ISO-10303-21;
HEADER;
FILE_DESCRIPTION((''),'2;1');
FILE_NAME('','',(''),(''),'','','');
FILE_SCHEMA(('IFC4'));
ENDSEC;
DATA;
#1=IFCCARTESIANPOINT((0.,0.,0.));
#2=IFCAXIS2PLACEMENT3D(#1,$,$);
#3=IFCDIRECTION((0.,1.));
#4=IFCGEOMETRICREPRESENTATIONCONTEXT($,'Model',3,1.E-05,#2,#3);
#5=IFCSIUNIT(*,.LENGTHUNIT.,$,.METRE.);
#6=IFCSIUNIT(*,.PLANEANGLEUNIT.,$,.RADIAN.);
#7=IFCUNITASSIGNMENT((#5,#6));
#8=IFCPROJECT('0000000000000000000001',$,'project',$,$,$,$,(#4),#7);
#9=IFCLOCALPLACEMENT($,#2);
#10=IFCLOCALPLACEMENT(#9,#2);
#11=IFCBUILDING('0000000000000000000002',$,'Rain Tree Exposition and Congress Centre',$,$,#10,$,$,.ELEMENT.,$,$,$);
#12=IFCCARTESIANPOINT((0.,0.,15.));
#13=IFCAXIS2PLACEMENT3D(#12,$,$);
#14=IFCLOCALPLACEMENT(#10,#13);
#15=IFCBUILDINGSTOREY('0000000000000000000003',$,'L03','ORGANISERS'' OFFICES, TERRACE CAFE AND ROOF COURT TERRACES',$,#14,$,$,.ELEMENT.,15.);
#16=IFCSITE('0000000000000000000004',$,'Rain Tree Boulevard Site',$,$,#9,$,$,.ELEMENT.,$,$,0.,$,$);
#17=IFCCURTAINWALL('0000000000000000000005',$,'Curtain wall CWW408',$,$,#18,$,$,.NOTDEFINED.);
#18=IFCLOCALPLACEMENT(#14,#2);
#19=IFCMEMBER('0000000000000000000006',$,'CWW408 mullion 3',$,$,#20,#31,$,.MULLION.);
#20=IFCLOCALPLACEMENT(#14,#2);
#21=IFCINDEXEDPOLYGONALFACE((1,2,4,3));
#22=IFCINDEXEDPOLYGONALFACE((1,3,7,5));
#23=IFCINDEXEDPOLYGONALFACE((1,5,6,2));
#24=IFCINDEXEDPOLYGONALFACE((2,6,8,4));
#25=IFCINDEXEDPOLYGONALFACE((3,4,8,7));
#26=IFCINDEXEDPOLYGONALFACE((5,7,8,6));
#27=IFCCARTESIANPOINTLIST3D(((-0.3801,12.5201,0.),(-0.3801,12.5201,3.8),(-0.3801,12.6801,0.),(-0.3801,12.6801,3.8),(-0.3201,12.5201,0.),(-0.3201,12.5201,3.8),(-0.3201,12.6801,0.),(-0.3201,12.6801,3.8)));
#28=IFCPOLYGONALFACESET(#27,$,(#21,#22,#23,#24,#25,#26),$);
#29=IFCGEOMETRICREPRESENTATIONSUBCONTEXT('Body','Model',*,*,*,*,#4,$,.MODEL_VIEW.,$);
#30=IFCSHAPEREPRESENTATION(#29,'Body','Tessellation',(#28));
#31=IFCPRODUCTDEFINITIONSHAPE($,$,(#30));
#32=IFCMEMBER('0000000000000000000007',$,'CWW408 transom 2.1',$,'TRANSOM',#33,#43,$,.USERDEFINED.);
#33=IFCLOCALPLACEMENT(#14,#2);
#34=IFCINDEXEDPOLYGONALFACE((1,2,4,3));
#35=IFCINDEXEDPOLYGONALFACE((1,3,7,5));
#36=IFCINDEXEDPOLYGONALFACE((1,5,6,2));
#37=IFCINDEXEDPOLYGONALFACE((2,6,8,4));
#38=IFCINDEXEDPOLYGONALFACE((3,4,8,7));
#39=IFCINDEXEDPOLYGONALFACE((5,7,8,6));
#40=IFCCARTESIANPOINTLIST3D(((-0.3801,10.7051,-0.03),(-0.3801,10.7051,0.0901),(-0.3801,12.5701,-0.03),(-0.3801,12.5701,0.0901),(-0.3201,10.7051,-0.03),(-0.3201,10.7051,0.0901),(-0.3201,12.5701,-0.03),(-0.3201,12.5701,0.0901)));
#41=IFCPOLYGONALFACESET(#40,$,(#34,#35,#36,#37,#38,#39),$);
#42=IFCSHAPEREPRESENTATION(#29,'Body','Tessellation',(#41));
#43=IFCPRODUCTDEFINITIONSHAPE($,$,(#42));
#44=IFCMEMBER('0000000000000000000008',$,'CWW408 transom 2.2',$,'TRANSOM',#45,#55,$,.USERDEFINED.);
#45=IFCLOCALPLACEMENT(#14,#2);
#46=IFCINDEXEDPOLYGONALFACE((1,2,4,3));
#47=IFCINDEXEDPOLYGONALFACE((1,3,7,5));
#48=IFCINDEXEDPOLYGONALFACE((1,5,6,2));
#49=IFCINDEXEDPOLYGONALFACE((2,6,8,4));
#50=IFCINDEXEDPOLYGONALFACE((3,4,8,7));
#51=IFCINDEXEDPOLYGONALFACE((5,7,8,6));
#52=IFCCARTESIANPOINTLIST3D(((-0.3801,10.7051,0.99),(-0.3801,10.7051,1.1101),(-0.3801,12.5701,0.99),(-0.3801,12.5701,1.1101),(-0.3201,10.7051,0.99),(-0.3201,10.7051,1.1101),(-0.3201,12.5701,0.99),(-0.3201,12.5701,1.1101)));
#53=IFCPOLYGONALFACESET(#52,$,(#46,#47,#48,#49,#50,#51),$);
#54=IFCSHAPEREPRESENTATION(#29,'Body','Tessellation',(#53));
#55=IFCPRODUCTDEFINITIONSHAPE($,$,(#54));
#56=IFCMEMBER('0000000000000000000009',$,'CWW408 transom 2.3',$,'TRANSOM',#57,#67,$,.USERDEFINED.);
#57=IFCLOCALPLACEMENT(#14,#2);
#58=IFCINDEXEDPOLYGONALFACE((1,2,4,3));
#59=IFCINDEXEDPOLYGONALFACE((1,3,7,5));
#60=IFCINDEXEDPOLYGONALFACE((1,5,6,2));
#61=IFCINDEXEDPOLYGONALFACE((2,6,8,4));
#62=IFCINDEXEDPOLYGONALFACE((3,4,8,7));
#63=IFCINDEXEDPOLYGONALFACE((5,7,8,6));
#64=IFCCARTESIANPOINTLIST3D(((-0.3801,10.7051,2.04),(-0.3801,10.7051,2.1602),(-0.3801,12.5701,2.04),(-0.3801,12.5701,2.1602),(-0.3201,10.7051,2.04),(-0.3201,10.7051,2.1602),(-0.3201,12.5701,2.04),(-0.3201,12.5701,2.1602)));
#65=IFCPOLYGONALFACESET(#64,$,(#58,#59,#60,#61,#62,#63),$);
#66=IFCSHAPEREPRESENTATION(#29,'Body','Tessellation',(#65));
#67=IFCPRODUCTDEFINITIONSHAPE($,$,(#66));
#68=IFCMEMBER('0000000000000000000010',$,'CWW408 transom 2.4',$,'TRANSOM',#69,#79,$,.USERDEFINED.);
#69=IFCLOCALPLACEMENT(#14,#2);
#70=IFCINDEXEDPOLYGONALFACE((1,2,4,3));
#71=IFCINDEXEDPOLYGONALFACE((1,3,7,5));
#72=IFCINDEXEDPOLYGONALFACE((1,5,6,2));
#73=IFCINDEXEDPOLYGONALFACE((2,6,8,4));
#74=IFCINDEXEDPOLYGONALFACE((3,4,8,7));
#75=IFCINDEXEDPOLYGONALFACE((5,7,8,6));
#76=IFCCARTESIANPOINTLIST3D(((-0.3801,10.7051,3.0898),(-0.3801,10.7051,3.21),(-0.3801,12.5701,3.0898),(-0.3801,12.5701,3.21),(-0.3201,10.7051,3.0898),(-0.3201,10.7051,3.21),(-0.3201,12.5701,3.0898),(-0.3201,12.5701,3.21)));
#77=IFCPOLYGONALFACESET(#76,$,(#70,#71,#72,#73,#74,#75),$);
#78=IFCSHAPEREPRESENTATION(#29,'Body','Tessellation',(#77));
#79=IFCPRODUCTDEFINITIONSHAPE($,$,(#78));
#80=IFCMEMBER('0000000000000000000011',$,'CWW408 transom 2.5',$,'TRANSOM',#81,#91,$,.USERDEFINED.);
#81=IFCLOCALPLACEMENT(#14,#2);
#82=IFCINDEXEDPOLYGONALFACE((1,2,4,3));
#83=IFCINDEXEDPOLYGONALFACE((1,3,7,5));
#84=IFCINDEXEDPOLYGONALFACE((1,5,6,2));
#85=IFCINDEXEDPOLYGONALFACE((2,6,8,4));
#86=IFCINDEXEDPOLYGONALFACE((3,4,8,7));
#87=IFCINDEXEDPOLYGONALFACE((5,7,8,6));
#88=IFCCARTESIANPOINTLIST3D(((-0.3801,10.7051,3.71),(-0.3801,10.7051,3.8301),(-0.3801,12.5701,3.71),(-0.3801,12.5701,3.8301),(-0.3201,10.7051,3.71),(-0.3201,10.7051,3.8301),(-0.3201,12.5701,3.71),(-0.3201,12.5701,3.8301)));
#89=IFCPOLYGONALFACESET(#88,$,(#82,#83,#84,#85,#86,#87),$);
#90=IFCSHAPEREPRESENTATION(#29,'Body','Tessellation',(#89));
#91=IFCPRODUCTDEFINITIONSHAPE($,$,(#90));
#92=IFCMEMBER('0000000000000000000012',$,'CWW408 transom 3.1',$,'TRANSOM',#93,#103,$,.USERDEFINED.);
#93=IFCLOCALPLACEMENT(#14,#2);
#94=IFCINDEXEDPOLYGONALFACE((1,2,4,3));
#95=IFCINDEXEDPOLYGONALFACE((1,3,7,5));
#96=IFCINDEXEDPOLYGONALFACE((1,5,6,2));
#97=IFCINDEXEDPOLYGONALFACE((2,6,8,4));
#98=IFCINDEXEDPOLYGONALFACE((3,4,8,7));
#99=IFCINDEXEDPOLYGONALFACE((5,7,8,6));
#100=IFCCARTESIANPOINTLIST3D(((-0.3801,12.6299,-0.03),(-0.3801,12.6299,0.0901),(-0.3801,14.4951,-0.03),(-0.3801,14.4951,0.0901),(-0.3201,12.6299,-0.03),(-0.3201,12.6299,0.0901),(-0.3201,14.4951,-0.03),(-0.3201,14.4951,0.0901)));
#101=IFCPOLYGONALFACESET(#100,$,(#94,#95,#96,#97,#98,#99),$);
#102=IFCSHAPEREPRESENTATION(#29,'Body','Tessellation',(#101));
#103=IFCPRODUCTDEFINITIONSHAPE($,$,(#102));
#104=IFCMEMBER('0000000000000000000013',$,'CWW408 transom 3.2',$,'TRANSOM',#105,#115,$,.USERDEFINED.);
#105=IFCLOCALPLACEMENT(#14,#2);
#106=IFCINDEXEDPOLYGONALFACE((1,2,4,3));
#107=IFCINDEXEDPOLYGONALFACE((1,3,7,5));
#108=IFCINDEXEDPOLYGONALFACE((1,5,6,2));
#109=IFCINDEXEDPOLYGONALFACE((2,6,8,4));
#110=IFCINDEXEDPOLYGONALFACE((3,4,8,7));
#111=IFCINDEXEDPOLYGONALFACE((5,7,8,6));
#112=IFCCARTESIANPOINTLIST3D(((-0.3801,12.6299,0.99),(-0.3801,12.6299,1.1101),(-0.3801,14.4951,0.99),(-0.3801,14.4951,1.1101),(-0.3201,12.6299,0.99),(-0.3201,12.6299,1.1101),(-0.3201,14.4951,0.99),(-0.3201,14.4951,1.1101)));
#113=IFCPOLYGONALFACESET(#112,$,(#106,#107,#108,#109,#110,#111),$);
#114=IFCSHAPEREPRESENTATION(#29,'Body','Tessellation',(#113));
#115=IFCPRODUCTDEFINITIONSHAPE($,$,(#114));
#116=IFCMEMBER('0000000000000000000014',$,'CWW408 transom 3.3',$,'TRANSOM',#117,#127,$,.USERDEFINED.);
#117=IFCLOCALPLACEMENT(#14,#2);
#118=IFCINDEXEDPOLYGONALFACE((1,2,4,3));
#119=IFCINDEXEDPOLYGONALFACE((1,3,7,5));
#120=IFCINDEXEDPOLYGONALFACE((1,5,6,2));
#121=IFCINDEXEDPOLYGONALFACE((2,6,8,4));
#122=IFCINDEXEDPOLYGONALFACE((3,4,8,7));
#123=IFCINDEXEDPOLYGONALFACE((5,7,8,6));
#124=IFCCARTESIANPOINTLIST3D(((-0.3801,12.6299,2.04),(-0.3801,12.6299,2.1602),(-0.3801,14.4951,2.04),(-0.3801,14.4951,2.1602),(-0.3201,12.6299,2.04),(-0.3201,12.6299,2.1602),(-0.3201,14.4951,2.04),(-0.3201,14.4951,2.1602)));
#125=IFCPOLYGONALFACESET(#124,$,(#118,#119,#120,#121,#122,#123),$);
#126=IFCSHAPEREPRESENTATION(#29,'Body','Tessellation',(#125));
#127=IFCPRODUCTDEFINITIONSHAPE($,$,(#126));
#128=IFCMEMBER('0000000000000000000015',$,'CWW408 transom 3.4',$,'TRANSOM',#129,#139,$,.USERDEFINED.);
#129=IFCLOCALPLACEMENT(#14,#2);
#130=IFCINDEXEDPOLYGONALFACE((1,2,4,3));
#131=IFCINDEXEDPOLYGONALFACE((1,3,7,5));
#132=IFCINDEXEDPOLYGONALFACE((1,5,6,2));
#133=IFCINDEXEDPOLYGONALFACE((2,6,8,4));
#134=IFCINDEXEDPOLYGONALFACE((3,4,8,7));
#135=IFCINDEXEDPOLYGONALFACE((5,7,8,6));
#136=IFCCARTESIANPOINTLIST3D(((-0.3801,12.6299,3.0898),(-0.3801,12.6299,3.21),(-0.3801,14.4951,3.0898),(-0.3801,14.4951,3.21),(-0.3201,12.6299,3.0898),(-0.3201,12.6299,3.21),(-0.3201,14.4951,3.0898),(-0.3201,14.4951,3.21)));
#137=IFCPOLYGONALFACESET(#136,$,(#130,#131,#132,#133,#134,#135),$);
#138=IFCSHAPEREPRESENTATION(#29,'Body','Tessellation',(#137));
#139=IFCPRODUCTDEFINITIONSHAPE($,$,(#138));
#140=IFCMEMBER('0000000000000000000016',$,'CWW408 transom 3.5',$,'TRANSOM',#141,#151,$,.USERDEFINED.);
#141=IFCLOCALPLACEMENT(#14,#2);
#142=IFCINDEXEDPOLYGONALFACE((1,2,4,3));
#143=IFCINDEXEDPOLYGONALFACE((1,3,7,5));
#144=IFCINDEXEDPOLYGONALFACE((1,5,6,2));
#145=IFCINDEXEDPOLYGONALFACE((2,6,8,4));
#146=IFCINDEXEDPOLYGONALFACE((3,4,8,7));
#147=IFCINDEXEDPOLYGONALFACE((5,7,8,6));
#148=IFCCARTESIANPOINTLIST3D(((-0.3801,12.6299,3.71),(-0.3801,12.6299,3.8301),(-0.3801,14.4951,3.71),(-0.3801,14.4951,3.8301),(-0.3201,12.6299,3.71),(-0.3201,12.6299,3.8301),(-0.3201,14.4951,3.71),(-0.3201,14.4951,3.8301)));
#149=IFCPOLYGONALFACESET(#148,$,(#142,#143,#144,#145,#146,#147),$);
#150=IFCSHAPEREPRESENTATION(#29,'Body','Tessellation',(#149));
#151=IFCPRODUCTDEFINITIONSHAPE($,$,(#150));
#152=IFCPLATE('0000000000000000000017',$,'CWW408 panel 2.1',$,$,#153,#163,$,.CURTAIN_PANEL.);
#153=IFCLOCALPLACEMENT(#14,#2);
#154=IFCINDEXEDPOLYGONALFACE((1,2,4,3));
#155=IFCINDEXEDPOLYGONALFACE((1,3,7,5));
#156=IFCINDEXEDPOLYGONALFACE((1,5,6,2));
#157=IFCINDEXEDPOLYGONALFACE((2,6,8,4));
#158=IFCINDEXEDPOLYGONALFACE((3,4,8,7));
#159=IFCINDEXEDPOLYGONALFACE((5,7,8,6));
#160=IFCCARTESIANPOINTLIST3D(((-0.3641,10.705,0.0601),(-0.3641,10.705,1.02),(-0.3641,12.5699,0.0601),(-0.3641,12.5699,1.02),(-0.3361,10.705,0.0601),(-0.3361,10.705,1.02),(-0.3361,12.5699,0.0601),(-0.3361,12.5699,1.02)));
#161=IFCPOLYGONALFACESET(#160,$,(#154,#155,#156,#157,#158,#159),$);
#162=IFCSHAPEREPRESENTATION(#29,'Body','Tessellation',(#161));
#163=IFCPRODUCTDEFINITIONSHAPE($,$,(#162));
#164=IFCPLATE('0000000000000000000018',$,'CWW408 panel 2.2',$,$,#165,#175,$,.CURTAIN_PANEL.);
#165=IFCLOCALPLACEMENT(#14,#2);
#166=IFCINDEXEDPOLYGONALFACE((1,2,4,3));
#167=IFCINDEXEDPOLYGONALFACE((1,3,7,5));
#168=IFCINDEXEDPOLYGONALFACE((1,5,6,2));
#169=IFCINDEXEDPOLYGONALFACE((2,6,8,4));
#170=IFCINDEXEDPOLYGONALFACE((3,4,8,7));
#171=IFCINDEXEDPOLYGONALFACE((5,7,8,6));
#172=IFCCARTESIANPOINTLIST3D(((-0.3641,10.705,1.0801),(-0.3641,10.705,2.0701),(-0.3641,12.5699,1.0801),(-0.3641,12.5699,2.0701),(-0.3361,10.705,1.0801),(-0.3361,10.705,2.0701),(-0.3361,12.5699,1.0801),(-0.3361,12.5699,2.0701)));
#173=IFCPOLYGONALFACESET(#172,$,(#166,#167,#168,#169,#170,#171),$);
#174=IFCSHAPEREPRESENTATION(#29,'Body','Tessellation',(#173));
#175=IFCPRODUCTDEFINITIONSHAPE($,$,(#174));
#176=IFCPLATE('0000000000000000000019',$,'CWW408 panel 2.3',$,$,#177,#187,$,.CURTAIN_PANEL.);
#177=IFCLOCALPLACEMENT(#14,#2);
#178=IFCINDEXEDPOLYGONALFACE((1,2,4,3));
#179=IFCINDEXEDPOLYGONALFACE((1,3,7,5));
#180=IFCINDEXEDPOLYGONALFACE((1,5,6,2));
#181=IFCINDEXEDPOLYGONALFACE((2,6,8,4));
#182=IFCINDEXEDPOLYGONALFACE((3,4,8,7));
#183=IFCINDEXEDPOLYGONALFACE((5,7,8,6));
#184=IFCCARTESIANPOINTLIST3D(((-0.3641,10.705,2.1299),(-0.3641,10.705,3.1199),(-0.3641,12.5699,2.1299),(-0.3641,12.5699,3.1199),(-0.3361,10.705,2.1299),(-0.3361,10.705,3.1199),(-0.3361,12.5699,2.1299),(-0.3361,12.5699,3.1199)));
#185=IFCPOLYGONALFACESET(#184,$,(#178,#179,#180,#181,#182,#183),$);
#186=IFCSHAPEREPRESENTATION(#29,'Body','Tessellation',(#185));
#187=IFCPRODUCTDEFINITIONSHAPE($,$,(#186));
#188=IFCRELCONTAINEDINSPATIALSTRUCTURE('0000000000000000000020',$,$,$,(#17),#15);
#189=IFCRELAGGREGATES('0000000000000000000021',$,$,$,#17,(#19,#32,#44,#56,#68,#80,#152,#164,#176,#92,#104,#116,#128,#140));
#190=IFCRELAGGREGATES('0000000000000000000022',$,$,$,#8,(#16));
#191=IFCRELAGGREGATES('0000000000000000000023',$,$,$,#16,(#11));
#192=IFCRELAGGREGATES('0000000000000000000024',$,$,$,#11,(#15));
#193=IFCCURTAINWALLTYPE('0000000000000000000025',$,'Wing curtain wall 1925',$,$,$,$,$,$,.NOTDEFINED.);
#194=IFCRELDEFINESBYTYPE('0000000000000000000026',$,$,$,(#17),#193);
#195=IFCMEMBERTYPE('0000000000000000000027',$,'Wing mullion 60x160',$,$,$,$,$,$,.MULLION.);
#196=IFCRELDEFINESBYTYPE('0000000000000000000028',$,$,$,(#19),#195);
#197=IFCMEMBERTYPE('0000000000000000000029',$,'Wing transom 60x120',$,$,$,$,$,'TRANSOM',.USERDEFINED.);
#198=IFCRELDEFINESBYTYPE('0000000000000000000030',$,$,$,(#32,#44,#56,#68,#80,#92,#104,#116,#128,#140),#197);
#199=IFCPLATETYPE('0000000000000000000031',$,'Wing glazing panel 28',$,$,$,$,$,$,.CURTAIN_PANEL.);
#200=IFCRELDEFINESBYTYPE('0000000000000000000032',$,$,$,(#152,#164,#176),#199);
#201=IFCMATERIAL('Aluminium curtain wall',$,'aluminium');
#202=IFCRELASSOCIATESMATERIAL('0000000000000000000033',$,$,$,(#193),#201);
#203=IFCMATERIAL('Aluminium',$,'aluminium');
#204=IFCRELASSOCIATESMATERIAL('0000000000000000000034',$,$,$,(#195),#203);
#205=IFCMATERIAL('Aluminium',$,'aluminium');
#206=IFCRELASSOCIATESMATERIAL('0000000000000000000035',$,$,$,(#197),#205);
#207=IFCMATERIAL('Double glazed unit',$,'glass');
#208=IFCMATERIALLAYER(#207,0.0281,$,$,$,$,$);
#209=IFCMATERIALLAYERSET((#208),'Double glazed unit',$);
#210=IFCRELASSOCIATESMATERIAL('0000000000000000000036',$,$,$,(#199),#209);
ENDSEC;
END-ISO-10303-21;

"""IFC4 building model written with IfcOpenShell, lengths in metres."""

from ifc_helpers import new_model, si_unit, direction, frame, origin, origin_2d, place, context, subcontext, project, spatial, rectangle, extrude, material, layer, layer_set, material_profile, profile_set, type_object, element, aggregate, save


model = new_model("IFC4")

# Units and contexts
model_context = context("Model", 3, precision=1e-05, world=origin(), true_north=direction((0.0, 1.0)))
body_context = subcontext(model_context, "Body", "Model", "MODEL_VIEW")
ifc_project = project(units=[si_unit("LENGTHUNIT", "METRE"), si_unit("PLANEANGLEUNIT", "RADIAN")], contexts=[model_context])

# Site, building, storey
site_placement = place(None, origin())
site = spatial("IfcSite", under=ifc_project, at=site_placement, Name="Rain Tree Boulevard Site", CompositionType="ELEMENT", RefElevation=0.0)
building_placement = place(site_placement, origin())
building = spatial("IfcBuilding", under=site, at=building_placement, Name="Rain Tree Exposition and Congress Centre", CompositionType="ELEMENT")
storey_placement = place(building_placement, frame((0.0, 0.0, 15.0)))
storey = spatial("IfcBuildingStorey", under=building, at=storey_placement, Name="L03", Description="ORGANISERS' OFFICES, TERRACE CAFE AND ROOF COURT TERRACES", CompositionType="ELEMENT", Elevation=15.0)

# Curtain wall, members, plates
ifc_material_1 = material(Name="Aluminium curtain wall", Category="aluminium")
curtain_wall_type = type_object("IfcCurtainWallType", Name="Wing curtain wall 1925", PredefinedType="NOTDEFINED", material=ifc_material_1)
curtain_wall_placement = place(storey_placement, origin())
curtain_wall = element("IfcCurtainWall", 1, at=curtain_wall_placement, inside=storey, type_object=curtain_wall_type, Name="Curtain wall CWW408", PredefinedType="NOTDEFINED")
ifc_material_2 = material(Name="Aluminium", Category="aluminium")
ifc_material_profile_1 = material_profile(ifc_material_2, rectangle(XDim=0.0601, YDim=0.1599, at=origin_2d()), Name="Aluminium 60x160")
ifc_profile_set_1 = profile_set([ifc_material_profile_1], Name="Aluminium")
member_type_1 = type_object("IfcMemberType", Name="Wing mullion 60x160", PredefinedType="MULLION", material=ifc_profile_set_1)
member_1_placement = place(storey_placement, frame((-0.3501, 12.6001, 0.0), z_axis=(0.0, 0.0, 1.0), x_axis=(-1.0, 0.0, 0.0)))
member_1 = element("IfcMember", 2, at=member_1_placement, type_object=member_type_1, Name="CWW408 mullion 3", PredefinedType="MULLION", context=body_context, shape_type="SweptSolid", body=[
    extrude(rectangle(XDim=0.0601, YDim=0.1599, at=origin_2d()), origin(), (0.0, 0.0, 1.0), 3.8),
])
ifc_material_3 = material(Name="Aluminium", Category="aluminium")
ifc_material_profile_2 = material_profile(ifc_material_3, rectangle(XDim=0.0601, YDim=0.1201, at=origin_2d()), Name="Aluminium 60x120")
ifc_profile_set_2 = profile_set([ifc_material_profile_2], Name="Aluminium")
member_type_2 = type_object("IfcMemberType", Name="Wing transom 60x120", ElementType="TRANSOM", PredefinedType="USERDEFINED", material=ifc_profile_set_2)
member_2_placement = place(storey_placement, frame((-0.3501, 10.7051, 0.03), z_axis=(0.0, 1.0, 0.0), x_axis=(-1.0, 0.0, 0.0)))
member_2 = element("IfcMember", 3, at=member_2_placement, type_object=member_type_2, Name="CWW408 transom 2.1", ObjectType="TRANSOM", PredefinedType="USERDEFINED", context=body_context, shape_type="SweptSolid", body=[
    extrude(rectangle(XDim=0.0601, YDim=0.1201, at=origin_2d()), origin(), (0.0, 0.0, 1.0), 1.865),
])
member_3_placement = place(storey_placement, frame((-0.3501, 10.7051, 1.05), z_axis=(0.0, 1.0, 0.0), x_axis=(-1.0, 0.0, 0.0)))
member_3 = element("IfcMember", 4, at=member_3_placement, type_object=member_type_2, Name="CWW408 transom 2.2", ObjectType="TRANSOM", PredefinedType="USERDEFINED", context=body_context, shape_type="SweptSolid", body=[
    extrude(rectangle(XDim=0.0601, YDim=0.1201, at=origin_2d()), origin(), (0.0, 0.0, 1.0), 1.865),
])
member_4_placement = place(storey_placement, frame((-0.3501, 10.7051, 2.1001), z_axis=(0.0, 1.0, 0.0), x_axis=(-1.0, 0.0, 0.0)))
member_4 = element("IfcMember", 5, at=member_4_placement, type_object=member_type_2, Name="CWW408 transom 2.3", ObjectType="TRANSOM", PredefinedType="USERDEFINED", context=body_context, shape_type="SweptSolid", body=[
    extrude(rectangle(XDim=0.0601, YDim=0.1201, at=origin_2d()), origin(), (0.0, 0.0, 1.0), 1.865),
])
member_5_placement = place(storey_placement, frame((-0.3501, 10.7051, 3.1499), z_axis=(0.0, 1.0, 0.0), x_axis=(-1.0, 0.0, 0.0)))
member_5 = element("IfcMember", 6, at=member_5_placement, type_object=member_type_2, Name="CWW408 transom 2.4", ObjectType="TRANSOM", PredefinedType="USERDEFINED", context=body_context, shape_type="SweptSolid", body=[
    extrude(rectangle(XDim=0.0601, YDim=0.1201, at=origin_2d()), origin(), (0.0, 0.0, 1.0), 1.865),
])
member_6_placement = place(storey_placement, frame((-0.3501, 10.7051, 3.77), z_axis=(0.0, 1.0, 0.0), x_axis=(-1.0, 0.0, 0.0)))
member_6 = element("IfcMember", 7, at=member_6_placement, type_object=member_type_2, Name="CWW408 transom 2.5", ObjectType="TRANSOM", PredefinedType="USERDEFINED", context=body_context, shape_type="SweptSolid", body=[
    extrude(rectangle(XDim=0.0601, YDim=0.1201, at=origin_2d()), origin(), (0.0, 0.0, 1.0), 1.865),
])
member_7_placement = place(storey_placement, frame((-0.3501, 12.6299, 0.03), z_axis=(0.0, 1.0, 0.0), x_axis=(-1.0, 0.0, 0.0)))
member_7 = element("IfcMember", 8, at=member_7_placement, type_object=member_type_2, Name="CWW408 transom 3.1", ObjectType="TRANSOM", PredefinedType="USERDEFINED", context=body_context, shape_type="SweptSolid", body=[
    extrude(rectangle(XDim=0.0601, YDim=0.1201, at=origin_2d()), origin(), (0.0, 0.0, 1.0), 1.8652),
])
member_8_placement = place(storey_placement, frame((-0.3501, 12.6299, 1.05), z_axis=(0.0, 1.0, 0.0), x_axis=(-1.0, 0.0, 0.0)))
member_8 = element("IfcMember", 9, at=member_8_placement, type_object=member_type_2, Name="CWW408 transom 3.2", ObjectType="TRANSOM", PredefinedType="USERDEFINED", context=body_context, shape_type="SweptSolid", body=[
    extrude(rectangle(XDim=0.0601, YDim=0.1201, at=origin_2d()), origin(), (0.0, 0.0, 1.0), 1.8652),
])
member_9_placement = place(storey_placement, frame((-0.3501, 12.6299, 2.1001), z_axis=(0.0, 1.0, 0.0), x_axis=(-1.0, 0.0, 0.0)))
member_9 = element("IfcMember", 10, at=member_9_placement, type_object=member_type_2, Name="CWW408 transom 3.3", ObjectType="TRANSOM", PredefinedType="USERDEFINED", context=body_context, shape_type="SweptSolid", body=[
    extrude(rectangle(XDim=0.0601, YDim=0.1201, at=origin_2d()), origin(), (0.0, 0.0, 1.0), 1.8652),
])
member_10_placement = place(storey_placement, frame((-0.3501, 12.6299, 3.1499), z_axis=(0.0, 1.0, 0.0), x_axis=(-1.0, 0.0, 0.0)))
member_10 = element("IfcMember", 11, at=member_10_placement, type_object=member_type_2, Name="CWW408 transom 3.4", ObjectType="TRANSOM", PredefinedType="USERDEFINED", context=body_context, shape_type="SweptSolid", body=[
    extrude(rectangle(XDim=0.0601, YDim=0.1201, at=origin_2d()), origin(), (0.0, 0.0, 1.0), 1.8652),
])
member_11_placement = place(storey_placement, frame((-0.3501, 12.6299, 3.77), z_axis=(0.0, 1.0, 0.0), x_axis=(-1.0, 0.0, 0.0)))
member_11 = element("IfcMember", 12, at=member_11_placement, type_object=member_type_2, Name="CWW408 transom 3.5", ObjectType="TRANSOM", PredefinedType="USERDEFINED", context=body_context, shape_type="SweptSolid", body=[
    extrude(rectangle(XDim=0.0601, YDim=0.1201, at=origin_2d()), origin(), (0.0, 0.0, 1.0), 1.8652),
])
ifc_material_4 = material(Name="Double glazed unit", Category="glass")
ifc_layer_1 = layer(ifc_material_4, 0.0281)
ifc_layer_set_1 = layer_set([ifc_layer_1], Name="Double glazed unit")
plate_type = type_object("IfcPlateType", Name="Wing glazing panel 28", PredefinedType="CURTAIN_PANEL", material=ifc_layer_set_1)
plate_1_placement = place(storey_placement, frame((-0.3501, 11.6375, 0.0601), z_axis=(0.0, 0.0, 1.0), x_axis=(0.0, 1.0, 0.0)))
plate_1 = element("IfcPlate", 13, at=plate_1_placement, type_object=plate_type, Name="CWW408 panel 2.1", PredefinedType="CURTAIN_PANEL", context=body_context, shape_type="SweptSolid", body=[
    extrude(rectangle(XDim=1.865, YDim=0.0281, at=origin_2d()), origin(), (0.0, 0.0, 1.0), 0.96),
])
plate_2_placement = place(storey_placement, frame((-0.3501, 11.6375, 1.0801), z_axis=(0.0, 0.0, 1.0), x_axis=(0.0, 1.0, 0.0)))
plate_2 = element("IfcPlate", 14, at=plate_2_placement, type_object=plate_type, Name="CWW408 panel 2.2", PredefinedType="CURTAIN_PANEL", context=body_context, shape_type="SweptSolid", body=[
    extrude(rectangle(XDim=1.865, YDim=0.0281, at=origin_2d()), origin(), (0.0, 0.0, 1.0), 0.99),
])
plate_3_placement = place(storey_placement, frame((-0.3501, 11.6375, 2.1299), z_axis=(0.0, 0.0, 1.0), x_axis=(0.0, 1.0, 0.0)))
plate_3 = element("IfcPlate", 15, at=plate_3_placement, type_object=plate_type, Name="CWW408 panel 2.3", PredefinedType="CURTAIN_PANEL", context=body_context, shape_type="SweptSolid", body=[
    extrude(rectangle(XDim=1.865, YDim=0.0281, at=origin_2d()), origin(), (0.0, 0.0, 1.0), 0.99),
])
aggregate(curtain_wall, [member_1, member_2, member_3, member_4, member_5, member_6, plate_1, plate_2, plate_3, member_7, member_8, member_9, member_10, member_11])

save(model, "model.ifc")
